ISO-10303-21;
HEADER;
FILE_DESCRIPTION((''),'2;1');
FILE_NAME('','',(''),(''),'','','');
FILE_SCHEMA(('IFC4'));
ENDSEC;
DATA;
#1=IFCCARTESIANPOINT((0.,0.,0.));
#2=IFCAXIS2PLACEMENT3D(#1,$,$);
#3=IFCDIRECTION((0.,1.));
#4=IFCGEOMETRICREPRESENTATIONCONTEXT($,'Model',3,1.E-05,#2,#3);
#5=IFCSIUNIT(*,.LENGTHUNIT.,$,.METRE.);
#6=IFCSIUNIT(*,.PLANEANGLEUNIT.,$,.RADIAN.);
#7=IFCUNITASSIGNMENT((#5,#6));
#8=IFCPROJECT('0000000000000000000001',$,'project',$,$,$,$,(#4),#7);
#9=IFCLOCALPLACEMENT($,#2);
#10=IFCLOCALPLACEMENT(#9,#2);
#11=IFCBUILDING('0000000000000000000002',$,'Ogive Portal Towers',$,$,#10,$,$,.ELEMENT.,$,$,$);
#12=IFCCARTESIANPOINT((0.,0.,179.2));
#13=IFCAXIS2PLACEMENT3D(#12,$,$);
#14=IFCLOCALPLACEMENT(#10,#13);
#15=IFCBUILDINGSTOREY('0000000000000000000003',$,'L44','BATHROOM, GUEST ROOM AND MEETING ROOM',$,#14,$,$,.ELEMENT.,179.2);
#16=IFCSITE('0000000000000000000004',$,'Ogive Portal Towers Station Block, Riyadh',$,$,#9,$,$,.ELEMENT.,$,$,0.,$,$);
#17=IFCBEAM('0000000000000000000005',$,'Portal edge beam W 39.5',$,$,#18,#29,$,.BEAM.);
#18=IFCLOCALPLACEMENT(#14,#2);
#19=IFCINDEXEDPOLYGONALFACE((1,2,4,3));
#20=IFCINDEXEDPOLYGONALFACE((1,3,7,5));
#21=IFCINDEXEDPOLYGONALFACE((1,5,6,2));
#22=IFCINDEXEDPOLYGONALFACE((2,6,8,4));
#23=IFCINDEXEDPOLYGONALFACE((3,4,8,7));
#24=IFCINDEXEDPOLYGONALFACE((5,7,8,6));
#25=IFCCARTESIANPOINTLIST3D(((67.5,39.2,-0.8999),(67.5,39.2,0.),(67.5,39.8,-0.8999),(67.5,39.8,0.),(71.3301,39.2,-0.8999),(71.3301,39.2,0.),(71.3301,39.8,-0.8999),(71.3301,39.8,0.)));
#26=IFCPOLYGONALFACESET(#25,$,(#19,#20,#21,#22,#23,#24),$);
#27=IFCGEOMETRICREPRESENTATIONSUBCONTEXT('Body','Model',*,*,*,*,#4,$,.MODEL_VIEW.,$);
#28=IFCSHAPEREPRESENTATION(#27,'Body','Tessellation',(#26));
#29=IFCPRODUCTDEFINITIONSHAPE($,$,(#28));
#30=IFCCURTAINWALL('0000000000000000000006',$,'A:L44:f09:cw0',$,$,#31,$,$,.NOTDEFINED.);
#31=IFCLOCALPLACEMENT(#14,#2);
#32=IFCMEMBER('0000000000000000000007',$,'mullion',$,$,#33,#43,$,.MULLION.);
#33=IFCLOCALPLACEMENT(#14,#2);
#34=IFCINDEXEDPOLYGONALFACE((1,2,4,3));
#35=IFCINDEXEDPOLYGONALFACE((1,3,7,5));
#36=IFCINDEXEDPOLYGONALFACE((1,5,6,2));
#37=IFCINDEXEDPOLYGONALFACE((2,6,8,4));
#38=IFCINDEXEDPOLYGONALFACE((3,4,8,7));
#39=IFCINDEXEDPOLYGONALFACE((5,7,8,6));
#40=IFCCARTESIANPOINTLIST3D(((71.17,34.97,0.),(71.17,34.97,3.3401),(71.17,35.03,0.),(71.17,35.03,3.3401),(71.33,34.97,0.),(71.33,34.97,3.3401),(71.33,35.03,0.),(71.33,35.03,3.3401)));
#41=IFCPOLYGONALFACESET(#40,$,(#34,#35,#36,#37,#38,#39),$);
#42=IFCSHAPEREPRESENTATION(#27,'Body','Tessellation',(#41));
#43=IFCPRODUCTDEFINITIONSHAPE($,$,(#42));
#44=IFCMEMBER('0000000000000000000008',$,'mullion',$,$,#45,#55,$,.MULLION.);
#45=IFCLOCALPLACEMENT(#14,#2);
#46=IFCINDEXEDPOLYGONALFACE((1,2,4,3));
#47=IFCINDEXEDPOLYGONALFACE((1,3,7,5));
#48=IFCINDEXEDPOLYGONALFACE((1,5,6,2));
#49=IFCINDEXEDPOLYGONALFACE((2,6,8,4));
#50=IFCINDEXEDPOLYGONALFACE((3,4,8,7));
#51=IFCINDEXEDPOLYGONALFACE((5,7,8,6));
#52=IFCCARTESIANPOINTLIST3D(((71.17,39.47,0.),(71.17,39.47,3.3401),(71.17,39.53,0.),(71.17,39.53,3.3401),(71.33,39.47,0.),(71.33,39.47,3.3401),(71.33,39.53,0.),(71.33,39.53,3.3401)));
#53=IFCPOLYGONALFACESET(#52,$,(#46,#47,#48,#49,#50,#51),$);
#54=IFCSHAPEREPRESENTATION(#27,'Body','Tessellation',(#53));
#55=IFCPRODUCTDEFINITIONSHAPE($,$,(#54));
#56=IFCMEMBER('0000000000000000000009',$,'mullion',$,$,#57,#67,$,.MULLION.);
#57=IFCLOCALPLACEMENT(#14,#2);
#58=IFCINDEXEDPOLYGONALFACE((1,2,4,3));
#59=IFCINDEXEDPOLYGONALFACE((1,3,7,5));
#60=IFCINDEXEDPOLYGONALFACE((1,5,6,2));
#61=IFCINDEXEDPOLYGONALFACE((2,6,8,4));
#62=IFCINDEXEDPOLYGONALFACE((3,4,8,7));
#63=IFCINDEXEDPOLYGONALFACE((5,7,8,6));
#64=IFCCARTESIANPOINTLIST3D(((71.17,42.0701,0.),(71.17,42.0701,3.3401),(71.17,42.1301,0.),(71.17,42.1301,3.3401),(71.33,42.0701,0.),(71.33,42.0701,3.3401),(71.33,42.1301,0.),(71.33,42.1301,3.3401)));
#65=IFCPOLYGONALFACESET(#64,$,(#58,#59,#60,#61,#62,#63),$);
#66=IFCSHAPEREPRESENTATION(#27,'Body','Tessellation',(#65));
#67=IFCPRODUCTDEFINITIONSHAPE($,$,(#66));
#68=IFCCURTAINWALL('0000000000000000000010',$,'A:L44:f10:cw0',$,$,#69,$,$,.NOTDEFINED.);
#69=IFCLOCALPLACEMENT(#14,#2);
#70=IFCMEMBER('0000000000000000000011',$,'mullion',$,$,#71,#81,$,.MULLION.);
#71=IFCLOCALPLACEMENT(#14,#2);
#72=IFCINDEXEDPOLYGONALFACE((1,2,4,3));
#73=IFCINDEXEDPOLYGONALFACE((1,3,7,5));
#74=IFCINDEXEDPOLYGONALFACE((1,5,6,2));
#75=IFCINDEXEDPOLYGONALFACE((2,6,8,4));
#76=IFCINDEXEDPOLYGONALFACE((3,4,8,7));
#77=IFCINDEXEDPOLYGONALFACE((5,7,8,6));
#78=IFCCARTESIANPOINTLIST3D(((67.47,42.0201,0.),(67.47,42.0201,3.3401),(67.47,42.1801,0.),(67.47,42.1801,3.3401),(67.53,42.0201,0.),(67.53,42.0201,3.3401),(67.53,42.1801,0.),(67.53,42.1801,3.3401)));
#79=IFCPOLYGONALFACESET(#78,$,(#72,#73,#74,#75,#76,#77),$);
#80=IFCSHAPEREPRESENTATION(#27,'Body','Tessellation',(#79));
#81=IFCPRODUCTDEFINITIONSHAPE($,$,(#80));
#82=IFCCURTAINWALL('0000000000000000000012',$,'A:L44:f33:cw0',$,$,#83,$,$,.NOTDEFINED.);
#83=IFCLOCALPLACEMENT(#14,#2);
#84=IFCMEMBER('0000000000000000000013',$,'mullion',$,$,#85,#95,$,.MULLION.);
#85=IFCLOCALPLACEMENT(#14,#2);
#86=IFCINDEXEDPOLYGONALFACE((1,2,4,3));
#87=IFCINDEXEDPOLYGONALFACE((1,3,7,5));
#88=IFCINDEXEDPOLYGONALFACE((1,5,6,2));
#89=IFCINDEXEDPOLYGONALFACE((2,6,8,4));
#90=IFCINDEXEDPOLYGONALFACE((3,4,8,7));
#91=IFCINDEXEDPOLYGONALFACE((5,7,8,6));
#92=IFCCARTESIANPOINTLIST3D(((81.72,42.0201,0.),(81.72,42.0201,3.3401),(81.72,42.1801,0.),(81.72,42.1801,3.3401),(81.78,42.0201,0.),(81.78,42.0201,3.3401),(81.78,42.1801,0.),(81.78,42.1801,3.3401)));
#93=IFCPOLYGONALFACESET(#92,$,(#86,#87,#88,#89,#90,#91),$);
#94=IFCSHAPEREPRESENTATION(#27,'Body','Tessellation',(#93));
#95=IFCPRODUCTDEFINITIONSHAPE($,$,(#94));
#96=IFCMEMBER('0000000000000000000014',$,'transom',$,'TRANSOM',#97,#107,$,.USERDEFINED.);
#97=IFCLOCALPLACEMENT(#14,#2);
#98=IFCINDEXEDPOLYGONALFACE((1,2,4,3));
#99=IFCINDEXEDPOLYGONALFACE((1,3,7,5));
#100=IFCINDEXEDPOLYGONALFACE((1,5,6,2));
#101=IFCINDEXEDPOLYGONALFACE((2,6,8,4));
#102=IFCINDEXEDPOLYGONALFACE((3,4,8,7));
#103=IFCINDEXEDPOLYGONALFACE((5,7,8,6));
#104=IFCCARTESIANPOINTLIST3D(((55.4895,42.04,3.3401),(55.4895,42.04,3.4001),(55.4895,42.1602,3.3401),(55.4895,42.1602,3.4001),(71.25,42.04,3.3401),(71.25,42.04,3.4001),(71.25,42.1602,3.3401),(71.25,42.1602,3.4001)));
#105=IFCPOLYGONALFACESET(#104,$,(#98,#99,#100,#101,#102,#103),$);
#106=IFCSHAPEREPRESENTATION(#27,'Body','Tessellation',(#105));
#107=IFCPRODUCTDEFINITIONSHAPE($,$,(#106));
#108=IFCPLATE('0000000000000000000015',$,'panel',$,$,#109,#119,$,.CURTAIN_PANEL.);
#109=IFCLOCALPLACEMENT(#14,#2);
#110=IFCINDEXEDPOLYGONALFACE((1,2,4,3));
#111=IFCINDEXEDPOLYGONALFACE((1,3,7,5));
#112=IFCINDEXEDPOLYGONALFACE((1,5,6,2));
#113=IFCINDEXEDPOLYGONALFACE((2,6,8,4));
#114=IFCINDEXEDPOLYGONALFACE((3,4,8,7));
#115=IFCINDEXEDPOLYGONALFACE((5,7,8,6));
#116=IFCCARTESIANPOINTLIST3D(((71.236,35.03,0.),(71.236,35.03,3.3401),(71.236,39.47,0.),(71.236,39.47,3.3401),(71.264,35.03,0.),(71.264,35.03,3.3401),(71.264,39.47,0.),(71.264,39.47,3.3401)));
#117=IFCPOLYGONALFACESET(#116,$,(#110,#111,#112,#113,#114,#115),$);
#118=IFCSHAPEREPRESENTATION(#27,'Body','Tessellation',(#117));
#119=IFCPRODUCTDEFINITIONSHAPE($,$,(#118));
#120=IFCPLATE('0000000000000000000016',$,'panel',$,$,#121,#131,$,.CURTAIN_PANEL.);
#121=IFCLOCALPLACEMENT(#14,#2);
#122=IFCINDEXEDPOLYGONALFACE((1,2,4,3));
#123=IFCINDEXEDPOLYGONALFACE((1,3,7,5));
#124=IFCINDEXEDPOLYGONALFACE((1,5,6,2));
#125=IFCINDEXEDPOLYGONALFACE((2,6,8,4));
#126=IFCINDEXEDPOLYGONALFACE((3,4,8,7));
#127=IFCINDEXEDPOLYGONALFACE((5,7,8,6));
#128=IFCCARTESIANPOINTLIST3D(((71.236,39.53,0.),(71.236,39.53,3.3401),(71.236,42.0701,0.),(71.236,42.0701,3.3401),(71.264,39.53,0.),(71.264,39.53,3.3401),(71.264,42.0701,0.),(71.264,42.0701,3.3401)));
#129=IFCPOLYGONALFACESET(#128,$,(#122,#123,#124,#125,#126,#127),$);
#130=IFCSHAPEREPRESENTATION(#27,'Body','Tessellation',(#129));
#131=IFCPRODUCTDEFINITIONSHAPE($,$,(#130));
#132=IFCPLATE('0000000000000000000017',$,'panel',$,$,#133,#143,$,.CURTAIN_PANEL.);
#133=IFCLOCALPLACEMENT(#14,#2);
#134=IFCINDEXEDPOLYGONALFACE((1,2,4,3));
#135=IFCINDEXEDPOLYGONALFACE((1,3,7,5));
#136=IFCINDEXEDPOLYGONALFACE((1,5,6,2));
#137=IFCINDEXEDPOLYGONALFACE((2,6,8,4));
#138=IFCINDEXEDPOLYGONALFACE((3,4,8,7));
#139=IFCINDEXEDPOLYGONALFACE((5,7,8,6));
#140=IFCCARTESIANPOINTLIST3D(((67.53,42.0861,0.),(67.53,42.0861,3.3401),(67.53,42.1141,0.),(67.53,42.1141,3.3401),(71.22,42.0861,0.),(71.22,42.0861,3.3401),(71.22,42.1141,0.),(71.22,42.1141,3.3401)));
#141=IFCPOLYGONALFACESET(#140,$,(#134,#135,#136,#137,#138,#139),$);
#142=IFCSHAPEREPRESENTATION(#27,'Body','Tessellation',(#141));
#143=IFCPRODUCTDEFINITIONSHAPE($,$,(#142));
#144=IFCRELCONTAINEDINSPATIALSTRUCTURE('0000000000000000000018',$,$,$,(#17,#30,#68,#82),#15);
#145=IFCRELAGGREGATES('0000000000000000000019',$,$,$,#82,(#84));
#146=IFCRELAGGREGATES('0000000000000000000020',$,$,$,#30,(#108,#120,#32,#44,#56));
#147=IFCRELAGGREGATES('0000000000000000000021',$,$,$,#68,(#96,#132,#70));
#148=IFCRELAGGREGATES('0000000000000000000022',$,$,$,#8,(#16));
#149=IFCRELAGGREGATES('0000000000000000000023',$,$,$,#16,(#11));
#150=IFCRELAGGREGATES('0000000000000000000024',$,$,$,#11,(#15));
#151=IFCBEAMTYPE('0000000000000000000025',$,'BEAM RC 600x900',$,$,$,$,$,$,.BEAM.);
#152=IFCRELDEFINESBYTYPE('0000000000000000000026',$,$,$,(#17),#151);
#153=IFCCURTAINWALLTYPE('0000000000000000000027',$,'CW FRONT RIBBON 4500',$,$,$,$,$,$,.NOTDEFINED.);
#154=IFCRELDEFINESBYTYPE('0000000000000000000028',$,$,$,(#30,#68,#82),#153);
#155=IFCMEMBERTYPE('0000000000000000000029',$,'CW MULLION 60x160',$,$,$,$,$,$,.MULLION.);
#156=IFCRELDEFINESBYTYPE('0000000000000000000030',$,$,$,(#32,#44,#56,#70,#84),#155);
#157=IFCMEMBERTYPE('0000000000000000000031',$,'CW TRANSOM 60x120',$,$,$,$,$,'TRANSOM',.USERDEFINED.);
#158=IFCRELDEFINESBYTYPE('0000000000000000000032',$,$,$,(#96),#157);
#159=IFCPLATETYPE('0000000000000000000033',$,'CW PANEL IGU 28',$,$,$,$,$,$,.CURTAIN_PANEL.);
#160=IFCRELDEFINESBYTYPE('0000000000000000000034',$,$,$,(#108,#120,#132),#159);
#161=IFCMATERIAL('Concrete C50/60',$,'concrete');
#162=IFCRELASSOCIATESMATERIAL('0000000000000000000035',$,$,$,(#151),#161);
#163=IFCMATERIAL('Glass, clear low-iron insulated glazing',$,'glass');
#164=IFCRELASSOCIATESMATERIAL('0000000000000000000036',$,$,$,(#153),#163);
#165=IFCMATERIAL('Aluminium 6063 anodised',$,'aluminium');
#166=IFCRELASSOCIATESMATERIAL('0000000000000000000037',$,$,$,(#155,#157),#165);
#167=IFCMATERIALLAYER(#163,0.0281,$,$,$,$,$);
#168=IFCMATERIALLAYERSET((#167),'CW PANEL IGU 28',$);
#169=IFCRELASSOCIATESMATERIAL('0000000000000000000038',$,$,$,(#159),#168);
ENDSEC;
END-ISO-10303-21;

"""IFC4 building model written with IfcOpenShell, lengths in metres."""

from ifc_helpers import new_model, si_unit, direction, frame, origin, origin_2d, place, context, subcontext, project, spatial, rectangle, extrude, material, layer, layer_set, material_profile, profile_set, type_object, element, aggregate, save


model = new_model("IFC4")

# Units and contexts
model_context = context("Model", 3, precision=1e-05, world=origin(), true_north=direction((0.0, 1.0)))
body_context = subcontext(model_context, "Body", "Model", "MODEL_VIEW")
ifc_project = project(units=[si_unit("LENGTHUNIT", "METRE"), si_unit("PLANEANGLEUNIT", "RADIAN")], contexts=[model_context])

# Site, building, storey
site_placement = place(None, origin())
site = spatial("IfcSite", under=ifc_project, at=site_placement, Name="Ogive Portal Towers Station Block, Riyadh", CompositionType="ELEMENT", RefElevation=0.0)
building_placement = place(site_placement, origin())
building = spatial("IfcBuilding", under=site, at=building_placement, Name="Ogive Portal Towers", CompositionType="ELEMENT")
storey_placement = place(building_placement, frame((0.0, 0.0, 179.2)))
storey = spatial("IfcBuildingStorey", under=building, at=storey_placement, Name="L44", Description="BATHROOM, GUEST ROOM AND MEETING ROOM", CompositionType="ELEMENT", Elevation=179.2)

# Beam
ifc_material_1 = material(Name="Concrete C50/60", Category="concrete")
ifc_material_profile_1 = material_profile(ifc_material_1, rectangle(XDim=0.6001, YDim=0.8999, at=origin_2d()), Name="RC 600x900")
ifc_profile_set_1 = profile_set([ifc_material_profile_1], Name="Concrete C50/60")
beam_type = type_object("IfcBeamType", Name="BEAM RC 600x900", PredefinedType="BEAM", material=ifc_profile_set_1)
beam_placement = place(storey_placement, frame((67.5, 39.5, -0.45), z_axis=(1.0, 0.0, 0.0), x_axis=(0.0, 1.0, 0.0)))
element("IfcBeam", 1, at=beam_placement, inside=storey, type_object=beam_type, Name="Portal edge beam W 39.5", PredefinedType="BEAM", context=body_context, shape_type="SweptSolid", body=[
    extrude(rectangle(XDim=0.6001, YDim=0.8999, at=origin_2d()), origin(), (0.0, 0.0, 1.0), 3.8301),
])

# Curtain wall, members
ifc_material_2 = material(Name="Glass, clear low-iron insulated glazing", Category="glass")
curtain_wall_type = type_object("IfcCurtainWallType", Name="CW FRONT RIBBON 4500", PredefinedType="NOTDEFINED", material=ifc_material_2)
curtain_wall_1_placement = place(storey_placement, origin())
curtain_wall_1 = element("IfcCurtainWall", 2, at=curtain_wall_1_placement, inside=storey, type_object=curtain_wall_type, Name="A:L44:f09:cw0", PredefinedType="NOTDEFINED")
ifc_material_3 = material(Name="Aluminium 6063 anodised", Category="aluminium")
ifc_material_profile_2 = material_profile(ifc_material_3, rectangle(XDim=0.1599, YDim=0.0601, at=origin_2d()), Name="AL 60x160")
ifc_profile_set_2 = profile_set([ifc_material_profile_2], Name="Aluminium 6063 anodised")
member_type_1 = type_object("IfcMemberType", Name="CW MULLION 60x160", PredefinedType="MULLION", material=ifc_profile_set_2)
member_1_placement = place(storey_placement, frame((71.25, 35.0, 0.0), z_axis=(0.0, 0.0, 1.0), x_axis=(-1.0, 0.0, 0.0)))
member_1 = element("IfcMember", 3, at=member_1_placement, type_object=member_type_1, Name="mullion", PredefinedType="MULLION", context=body_context, shape_type="SweptSolid", body=[
    extrude(rectangle(XDim=0.1599, YDim=0.0601, at=origin_2d()), origin(), (0.0, 0.0, 1.0), 3.3401),
])
member_2_placement = place(storey_placement, frame((71.25, 39.5, 0.0), z_axis=(0.0, 0.0, 1.0), x_axis=(-1.0, 0.0, 0.0)))
member_2 = element("IfcMember", 4, at=member_2_placement, type_object=member_type_1, Name="mullion", PredefinedType="MULLION", context=body_context, shape_type="SweptSolid", body=[
    extrude(rectangle(XDim=0.1599, YDim=0.0601, at=origin_2d()), origin(), (0.0, 0.0, 1.0), 3.3401),
])
member_3_placement = place(storey_placement, frame((71.25, 42.1001, 0.0), z_axis=(0.0, 0.0, 1.0), x_axis=(-1.0, 0.0, 0.0)))
member_3 = element("IfcMember", 5, at=member_3_placement, type_object=member_type_1, Name="mullion", PredefinedType="MULLION", context=body_context, shape_type="SweptSolid", body=[
    extrude(rectangle(XDim=0.1599, YDim=0.0601, at=origin_2d()), origin(), (0.0, 0.0, 1.0), 3.3401),
])

# Curtain walls, members
curtain_wall_2_placement = place(storey_placement, origin())
curtain_wall_2 = element("IfcCurtainWall", 6, at=curtain_wall_2_placement, inside=storey, type_object=curtain_wall_type, Name="A:L44:f10:cw0", PredefinedType="NOTDEFINED")
member_4_placement = place(storey_placement, frame((67.5, 42.1001, 0.0), z_axis=(0.0, 0.0, 1.0), x_axis=(0.0, -1.0, 0.0)))
member_4 = element("IfcMember", 7, at=member_4_placement, type_object=member_type_1, Name="mullion", PredefinedType="MULLION", context=body_context, shape_type="SweptSolid", body=[
    extrude(rectangle(XDim=0.1599, YDim=0.0601, at=origin_2d()), origin(), (0.0, 0.0, 1.0), 3.3401),
])
curtain_wall_3_placement = place(storey_placement, origin())
curtain_wall_3 = element("IfcCurtainWall", 8, at=curtain_wall_3_placement, inside=storey, type_object=curtain_wall_type, Name="A:L44:f33:cw0", PredefinedType="NOTDEFINED")
member_5_placement = place(storey_placement, frame((81.75, 42.1001, 0.0), z_axis=(0.0, 0.0, 1.0), x_axis=(0.0, -1.0, 0.0)))
member_5 = element("IfcMember", 9, at=member_5_placement, type_object=member_type_1, Name="mullion", PredefinedType="MULLION", context=body_context, shape_type="SweptSolid", body=[
    extrude(rectangle(XDim=0.1599, YDim=0.0601, at=origin_2d()), origin(), (0.0, 0.0, 1.0), 3.3401),
])
aggregate(curtain_wall_3, [member_5])

# Member
ifc_material_profile_3 = material_profile(ifc_material_3, rectangle(XDim=0.1201, YDim=0.0601, at=origin_2d()), Name="AL 120x60")
ifc_profile_set_3 = profile_set([ifc_material_profile_3], Name="Aluminium 6063 anodised")
member_type_2 = type_object("IfcMemberType", Name="CW TRANSOM 60x120", ElementType="TRANSOM", PredefinedType="USERDEFINED", material=ifc_profile_set_3)
member_6_placement = place(storey_placement, frame((71.25, 42.1001, 3.3701), z_axis=(-1.0, 0.0, 0.0), x_axis=(0.0, -1.0, 0.0)))
member_6 = element("IfcMember", 10, at=member_6_placement, type_object=member_type_2, Name="transom", ObjectType="TRANSOM", PredefinedType="USERDEFINED", context=body_context, shape_type="SweptSolid", body=[
    extrude(rectangle(XDim=0.1201, YDim=0.0601, at=origin_2d()), origin(), (0.0, 0.0, 1.0), 15.7605),
])

# Plates
ifc_layer_1 = layer(ifc_material_2, 0.0281)
ifc_layer_set_1 = layer_set([ifc_layer_1], Name="CW PANEL IGU 28")
plate_type = type_object("IfcPlateType", Name="CW PANEL IGU 28", PredefinedType="CURTAIN_PANEL", material=ifc_layer_set_1)
plate_1_placement = place(storey_placement, frame((71.25, 37.25, 0.0), z_axis=(0.0, 0.0, 1.0), x_axis=(0.0, 1.0, 0.0)))
plate_1 = element("IfcPlate", 11, at=plate_1_placement, type_object=plate_type, Name="panel", PredefinedType="CURTAIN_PANEL", context=body_context, shape_type="SweptSolid", body=[
    extrude(rectangle(XDim=4.4399, YDim=0.0281, at=origin_2d()), origin(), (0.0, 0.0, 1.0), 3.3401),
])
plate_2_placement = place(storey_placement, frame((71.25, 40.8, 0.0), z_axis=(0.0, 0.0, 1.0), x_axis=(0.0, 1.0, 0.0)))
plate_2 = element("IfcPlate", 12, at=plate_2_placement, type_object=plate_type, Name="panel", PredefinedType="CURTAIN_PANEL", context=body_context, shape_type="SweptSolid", body=[
    extrude(rectangle(XDim=2.54, YDim=0.0281, at=origin_2d()), origin(), (0.0, 0.0, 1.0), 3.3401),
])
aggregate(curtain_wall_1, [plate_1, plate_2, member_1, member_2, member_3])
plate_3_placement = place(storey_placement, frame((69.375, 42.1001, 0.0), z_axis=(0.0, 0.0, 1.0), x_axis=(-1.0, 0.0, 0.0)))
plate_3 = element("IfcPlate", 13, at=plate_3_placement, type_object=plate_type, Name="panel", PredefinedType="CURTAIN_PANEL", context=body_context, shape_type="SweptSolid", body=[
    extrude(rectangle(XDim=3.6899, YDim=0.0281, at=origin_2d()), origin(), (0.0, 0.0, 1.0), 3.3401),
])
aggregate(curtain_wall_2, [member_6, plate_3, member_4])

save(model, "model.ifc")
